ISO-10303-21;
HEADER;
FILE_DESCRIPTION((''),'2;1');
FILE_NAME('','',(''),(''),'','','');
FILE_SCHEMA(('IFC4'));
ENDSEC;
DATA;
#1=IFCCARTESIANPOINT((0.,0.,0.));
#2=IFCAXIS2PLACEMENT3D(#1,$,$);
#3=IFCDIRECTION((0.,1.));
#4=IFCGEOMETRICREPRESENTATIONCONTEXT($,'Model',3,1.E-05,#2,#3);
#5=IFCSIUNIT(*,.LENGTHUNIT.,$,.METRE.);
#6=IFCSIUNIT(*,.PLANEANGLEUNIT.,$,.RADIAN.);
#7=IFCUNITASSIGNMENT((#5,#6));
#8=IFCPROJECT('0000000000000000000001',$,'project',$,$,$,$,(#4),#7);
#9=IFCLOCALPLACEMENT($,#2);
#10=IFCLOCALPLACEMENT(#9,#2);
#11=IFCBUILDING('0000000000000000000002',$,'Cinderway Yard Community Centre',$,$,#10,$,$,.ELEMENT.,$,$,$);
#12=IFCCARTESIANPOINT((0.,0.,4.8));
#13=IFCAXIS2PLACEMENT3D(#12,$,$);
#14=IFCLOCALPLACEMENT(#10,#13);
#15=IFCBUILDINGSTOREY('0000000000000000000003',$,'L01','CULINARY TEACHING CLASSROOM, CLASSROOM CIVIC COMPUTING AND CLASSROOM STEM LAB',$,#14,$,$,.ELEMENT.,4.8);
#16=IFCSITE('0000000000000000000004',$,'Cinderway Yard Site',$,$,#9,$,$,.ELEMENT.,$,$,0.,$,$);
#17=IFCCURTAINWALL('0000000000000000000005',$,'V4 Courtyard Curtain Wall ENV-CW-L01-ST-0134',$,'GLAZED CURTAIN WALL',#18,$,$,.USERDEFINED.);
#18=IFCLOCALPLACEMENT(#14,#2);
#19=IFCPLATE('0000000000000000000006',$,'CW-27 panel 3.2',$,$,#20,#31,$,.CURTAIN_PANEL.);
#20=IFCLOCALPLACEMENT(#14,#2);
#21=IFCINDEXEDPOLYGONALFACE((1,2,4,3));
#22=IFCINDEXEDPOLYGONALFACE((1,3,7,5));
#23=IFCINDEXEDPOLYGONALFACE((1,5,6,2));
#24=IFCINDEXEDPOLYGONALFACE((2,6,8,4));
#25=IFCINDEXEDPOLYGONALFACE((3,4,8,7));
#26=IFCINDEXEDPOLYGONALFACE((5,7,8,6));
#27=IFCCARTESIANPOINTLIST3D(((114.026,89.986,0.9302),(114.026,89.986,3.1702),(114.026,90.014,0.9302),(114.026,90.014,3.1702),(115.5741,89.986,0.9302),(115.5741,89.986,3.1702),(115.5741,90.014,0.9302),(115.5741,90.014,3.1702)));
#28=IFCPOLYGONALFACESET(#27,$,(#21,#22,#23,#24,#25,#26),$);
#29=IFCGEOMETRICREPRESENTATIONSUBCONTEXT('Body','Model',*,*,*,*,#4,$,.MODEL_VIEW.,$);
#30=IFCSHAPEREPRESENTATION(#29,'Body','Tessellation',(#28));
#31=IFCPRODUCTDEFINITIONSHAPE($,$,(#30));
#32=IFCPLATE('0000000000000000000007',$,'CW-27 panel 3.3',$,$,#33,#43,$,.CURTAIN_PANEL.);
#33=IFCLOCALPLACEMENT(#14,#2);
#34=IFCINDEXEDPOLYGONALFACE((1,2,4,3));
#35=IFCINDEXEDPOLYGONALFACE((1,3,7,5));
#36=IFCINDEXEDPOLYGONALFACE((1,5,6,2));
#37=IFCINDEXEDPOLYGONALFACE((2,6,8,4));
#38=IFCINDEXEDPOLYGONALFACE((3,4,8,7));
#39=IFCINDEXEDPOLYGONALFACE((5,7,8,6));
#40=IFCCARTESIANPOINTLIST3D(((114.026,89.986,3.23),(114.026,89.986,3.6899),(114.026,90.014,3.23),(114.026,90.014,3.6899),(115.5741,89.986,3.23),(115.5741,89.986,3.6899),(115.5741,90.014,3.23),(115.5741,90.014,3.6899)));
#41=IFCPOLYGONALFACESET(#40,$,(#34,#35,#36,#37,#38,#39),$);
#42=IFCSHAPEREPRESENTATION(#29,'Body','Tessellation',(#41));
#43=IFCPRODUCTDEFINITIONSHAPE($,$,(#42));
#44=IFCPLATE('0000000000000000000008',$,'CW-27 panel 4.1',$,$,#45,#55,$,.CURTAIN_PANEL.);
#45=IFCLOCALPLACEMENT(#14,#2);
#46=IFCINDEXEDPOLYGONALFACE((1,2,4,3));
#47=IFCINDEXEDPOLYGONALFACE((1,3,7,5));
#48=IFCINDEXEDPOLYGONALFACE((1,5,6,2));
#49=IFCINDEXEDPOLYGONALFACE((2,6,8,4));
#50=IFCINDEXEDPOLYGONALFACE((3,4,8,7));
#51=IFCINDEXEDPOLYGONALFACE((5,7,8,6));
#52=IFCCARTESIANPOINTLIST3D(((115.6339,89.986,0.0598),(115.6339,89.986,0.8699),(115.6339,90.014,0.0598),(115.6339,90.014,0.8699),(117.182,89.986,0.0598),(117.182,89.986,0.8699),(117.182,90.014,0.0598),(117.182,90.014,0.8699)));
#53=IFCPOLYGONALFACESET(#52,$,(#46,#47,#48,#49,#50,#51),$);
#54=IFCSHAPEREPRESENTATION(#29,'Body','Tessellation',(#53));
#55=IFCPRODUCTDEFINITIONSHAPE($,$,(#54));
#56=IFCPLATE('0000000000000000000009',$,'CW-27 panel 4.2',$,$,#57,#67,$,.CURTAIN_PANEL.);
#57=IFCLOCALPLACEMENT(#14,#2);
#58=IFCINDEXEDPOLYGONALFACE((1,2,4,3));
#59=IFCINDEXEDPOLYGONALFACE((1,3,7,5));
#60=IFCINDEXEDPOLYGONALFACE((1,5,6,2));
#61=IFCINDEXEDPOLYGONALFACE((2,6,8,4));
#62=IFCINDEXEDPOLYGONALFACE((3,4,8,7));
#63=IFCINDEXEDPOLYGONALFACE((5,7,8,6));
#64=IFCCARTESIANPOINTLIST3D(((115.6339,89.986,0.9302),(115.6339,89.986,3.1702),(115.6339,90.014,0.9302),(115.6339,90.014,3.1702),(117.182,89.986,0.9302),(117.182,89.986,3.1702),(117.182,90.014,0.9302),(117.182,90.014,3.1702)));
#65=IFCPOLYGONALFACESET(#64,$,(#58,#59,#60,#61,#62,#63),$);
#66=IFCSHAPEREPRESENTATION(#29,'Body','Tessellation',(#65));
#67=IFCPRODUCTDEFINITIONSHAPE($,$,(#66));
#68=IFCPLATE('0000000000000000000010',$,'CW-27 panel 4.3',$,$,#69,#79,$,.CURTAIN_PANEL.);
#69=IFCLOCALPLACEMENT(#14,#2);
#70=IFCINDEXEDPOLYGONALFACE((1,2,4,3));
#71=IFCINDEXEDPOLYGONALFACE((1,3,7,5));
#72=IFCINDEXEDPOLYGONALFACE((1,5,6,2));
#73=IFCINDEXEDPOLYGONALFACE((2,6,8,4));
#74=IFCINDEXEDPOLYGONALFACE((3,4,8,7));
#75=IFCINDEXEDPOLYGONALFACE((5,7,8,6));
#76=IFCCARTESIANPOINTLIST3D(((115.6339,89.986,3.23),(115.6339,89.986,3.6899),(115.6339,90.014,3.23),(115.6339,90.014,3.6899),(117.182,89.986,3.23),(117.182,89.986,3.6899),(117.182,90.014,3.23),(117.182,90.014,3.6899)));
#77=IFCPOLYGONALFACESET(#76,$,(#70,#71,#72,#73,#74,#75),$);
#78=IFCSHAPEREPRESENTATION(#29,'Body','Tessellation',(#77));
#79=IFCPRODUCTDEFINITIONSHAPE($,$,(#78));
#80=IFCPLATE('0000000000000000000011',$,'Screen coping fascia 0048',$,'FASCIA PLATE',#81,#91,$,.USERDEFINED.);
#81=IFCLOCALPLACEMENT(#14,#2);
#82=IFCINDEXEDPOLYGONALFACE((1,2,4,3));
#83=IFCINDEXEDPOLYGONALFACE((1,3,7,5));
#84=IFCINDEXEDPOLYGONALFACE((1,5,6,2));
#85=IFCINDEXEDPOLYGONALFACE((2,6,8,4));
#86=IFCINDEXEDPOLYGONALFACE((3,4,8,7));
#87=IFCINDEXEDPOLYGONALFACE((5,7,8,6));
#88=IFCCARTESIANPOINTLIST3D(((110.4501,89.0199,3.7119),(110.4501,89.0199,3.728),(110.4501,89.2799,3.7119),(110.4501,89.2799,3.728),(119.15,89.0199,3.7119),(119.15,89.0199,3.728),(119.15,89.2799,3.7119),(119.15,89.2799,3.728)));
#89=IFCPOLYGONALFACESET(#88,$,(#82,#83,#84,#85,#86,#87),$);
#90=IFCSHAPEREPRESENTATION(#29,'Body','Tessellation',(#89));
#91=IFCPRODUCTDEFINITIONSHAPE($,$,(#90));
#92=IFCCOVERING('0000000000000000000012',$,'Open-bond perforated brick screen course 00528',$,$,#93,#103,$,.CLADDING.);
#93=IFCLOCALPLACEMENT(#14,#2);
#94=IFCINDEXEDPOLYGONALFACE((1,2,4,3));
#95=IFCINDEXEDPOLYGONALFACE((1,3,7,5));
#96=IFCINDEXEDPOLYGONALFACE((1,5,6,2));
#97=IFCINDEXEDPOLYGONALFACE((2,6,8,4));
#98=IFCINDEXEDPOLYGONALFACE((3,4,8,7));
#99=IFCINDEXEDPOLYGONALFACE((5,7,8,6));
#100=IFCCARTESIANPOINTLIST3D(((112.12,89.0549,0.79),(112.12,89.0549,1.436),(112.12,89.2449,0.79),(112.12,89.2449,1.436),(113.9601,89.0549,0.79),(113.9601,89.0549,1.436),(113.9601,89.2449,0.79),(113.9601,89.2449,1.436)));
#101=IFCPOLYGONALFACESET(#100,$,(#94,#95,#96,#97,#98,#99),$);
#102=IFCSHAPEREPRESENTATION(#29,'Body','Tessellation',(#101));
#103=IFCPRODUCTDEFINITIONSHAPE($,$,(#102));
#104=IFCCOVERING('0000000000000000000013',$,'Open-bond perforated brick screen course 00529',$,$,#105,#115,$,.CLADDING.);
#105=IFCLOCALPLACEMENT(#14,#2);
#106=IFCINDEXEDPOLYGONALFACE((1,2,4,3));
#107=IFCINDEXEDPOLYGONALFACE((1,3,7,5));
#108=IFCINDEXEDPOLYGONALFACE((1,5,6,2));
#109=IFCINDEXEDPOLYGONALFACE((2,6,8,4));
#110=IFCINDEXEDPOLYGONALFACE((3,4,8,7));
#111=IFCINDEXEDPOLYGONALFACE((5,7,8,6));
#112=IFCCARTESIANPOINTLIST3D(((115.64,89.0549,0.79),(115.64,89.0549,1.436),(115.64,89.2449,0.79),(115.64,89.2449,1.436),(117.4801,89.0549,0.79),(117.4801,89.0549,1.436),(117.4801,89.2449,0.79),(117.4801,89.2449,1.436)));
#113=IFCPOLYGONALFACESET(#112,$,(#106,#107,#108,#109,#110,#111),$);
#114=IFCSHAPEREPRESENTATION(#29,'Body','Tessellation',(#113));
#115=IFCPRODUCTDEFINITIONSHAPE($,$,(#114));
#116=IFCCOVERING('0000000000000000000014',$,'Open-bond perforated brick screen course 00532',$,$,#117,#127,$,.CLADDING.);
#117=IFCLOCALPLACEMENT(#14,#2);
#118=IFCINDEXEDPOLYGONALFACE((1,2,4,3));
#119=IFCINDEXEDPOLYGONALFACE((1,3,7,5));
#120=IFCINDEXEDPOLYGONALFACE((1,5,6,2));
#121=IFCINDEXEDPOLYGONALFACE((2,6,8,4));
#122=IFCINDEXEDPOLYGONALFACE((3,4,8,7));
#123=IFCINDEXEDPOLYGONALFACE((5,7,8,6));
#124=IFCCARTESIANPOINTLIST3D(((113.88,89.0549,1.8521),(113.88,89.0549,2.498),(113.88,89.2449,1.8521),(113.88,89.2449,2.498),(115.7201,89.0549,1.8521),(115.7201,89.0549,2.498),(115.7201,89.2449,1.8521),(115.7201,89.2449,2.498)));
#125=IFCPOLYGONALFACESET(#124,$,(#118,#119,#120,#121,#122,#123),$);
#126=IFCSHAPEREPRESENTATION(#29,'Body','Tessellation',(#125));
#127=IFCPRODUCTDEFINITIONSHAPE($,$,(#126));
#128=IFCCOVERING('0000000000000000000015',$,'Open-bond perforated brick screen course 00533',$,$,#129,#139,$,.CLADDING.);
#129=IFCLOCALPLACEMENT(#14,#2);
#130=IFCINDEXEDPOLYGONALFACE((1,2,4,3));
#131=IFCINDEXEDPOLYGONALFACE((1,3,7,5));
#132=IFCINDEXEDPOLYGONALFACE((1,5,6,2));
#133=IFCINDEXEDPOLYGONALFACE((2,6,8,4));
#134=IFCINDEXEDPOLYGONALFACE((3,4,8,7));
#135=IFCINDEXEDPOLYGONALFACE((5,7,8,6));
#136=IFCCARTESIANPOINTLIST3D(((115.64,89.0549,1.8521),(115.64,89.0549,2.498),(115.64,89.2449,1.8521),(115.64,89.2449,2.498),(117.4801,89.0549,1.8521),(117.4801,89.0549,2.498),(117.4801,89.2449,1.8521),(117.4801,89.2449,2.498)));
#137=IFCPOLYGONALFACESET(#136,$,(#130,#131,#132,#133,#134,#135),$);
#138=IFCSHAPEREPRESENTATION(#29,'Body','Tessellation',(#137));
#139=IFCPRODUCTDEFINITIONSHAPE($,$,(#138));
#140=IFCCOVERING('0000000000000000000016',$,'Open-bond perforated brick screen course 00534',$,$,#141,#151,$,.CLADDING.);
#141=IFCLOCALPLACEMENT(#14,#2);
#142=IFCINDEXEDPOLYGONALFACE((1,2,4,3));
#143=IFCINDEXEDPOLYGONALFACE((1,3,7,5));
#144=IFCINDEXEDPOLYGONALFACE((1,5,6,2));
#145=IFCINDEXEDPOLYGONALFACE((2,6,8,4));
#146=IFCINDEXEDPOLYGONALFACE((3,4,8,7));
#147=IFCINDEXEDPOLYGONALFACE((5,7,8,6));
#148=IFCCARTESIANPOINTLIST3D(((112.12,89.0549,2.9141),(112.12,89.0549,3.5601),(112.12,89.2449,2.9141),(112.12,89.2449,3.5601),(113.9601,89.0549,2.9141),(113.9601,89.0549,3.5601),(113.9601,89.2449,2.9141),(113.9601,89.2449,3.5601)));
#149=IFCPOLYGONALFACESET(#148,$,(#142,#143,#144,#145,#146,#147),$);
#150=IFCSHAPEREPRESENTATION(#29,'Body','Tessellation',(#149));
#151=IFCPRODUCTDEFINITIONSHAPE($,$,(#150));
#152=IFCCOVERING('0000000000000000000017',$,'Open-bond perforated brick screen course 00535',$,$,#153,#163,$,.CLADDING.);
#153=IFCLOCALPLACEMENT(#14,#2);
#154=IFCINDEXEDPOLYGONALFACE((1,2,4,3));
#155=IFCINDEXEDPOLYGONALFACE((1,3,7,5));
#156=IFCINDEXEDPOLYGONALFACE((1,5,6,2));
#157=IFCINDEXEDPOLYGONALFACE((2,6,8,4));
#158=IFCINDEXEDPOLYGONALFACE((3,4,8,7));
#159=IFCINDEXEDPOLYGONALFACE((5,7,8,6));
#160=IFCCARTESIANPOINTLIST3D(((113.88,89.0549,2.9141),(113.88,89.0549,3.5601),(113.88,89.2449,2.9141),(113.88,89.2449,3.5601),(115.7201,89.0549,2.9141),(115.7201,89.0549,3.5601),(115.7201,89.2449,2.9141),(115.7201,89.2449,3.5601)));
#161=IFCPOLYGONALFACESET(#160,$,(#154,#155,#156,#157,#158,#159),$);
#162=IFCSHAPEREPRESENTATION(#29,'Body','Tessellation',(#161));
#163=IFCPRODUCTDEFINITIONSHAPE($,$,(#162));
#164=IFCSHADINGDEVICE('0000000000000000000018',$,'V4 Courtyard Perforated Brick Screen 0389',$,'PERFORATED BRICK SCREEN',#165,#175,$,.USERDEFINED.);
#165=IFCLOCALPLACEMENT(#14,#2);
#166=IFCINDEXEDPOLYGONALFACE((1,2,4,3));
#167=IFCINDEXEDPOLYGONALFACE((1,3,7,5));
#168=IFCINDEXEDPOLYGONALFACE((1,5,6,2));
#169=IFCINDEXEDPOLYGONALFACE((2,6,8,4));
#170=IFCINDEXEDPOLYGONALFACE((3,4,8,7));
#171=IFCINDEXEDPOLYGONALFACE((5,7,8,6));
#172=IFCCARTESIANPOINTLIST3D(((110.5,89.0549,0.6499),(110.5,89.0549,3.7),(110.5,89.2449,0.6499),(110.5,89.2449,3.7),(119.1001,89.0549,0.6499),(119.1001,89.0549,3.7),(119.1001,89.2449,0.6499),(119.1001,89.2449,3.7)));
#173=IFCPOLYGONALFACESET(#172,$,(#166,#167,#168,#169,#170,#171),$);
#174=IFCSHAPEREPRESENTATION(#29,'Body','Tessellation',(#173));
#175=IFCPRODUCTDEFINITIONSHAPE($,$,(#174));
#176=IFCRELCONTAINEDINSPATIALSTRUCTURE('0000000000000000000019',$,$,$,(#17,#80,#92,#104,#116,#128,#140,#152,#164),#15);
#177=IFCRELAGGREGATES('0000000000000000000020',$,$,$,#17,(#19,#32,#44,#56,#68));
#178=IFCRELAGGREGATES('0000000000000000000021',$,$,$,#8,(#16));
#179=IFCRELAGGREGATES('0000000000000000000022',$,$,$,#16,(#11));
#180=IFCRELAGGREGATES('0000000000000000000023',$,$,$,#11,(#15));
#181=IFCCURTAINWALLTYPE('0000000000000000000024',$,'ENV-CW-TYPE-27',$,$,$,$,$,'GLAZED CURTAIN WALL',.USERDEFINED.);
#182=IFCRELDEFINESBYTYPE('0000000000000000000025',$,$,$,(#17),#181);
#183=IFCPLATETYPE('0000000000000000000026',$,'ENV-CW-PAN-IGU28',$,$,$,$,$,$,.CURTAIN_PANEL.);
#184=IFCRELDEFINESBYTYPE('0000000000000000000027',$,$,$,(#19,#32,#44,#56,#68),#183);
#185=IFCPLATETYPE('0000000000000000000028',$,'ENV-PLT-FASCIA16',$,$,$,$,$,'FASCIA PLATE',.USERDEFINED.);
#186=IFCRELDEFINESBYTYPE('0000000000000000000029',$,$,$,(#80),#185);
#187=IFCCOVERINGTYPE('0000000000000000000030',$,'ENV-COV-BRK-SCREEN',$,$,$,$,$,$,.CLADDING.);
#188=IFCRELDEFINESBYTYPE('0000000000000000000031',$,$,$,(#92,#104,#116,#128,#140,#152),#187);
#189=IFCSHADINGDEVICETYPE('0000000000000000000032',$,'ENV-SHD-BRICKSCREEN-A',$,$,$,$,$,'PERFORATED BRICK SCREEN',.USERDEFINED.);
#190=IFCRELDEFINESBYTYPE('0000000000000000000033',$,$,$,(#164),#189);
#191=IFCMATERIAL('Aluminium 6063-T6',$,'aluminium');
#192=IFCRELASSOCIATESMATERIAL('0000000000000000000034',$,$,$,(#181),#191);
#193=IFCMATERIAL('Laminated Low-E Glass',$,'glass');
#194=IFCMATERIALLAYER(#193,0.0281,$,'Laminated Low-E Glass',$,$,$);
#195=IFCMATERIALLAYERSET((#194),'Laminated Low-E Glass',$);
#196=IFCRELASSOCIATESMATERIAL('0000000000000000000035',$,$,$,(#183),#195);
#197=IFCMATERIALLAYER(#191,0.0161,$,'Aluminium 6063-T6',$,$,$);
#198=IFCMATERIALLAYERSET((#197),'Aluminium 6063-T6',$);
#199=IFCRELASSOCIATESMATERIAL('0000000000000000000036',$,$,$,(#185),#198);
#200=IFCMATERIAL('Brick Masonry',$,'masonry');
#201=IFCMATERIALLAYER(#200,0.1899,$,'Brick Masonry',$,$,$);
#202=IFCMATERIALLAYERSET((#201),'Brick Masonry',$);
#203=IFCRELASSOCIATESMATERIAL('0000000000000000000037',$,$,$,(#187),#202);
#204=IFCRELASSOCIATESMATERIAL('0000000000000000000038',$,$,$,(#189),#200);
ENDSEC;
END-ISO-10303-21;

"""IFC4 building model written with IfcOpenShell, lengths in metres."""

from ifc_helpers import new_model, si_unit, direction, frame, origin, origin_2d, place, context, subcontext, project, spatial, rectangle, extrude, material, layer, layer_set, type_object, element, aggregate, save


model = new_model("IFC4")

# Units and contexts
model_context = context("Model", 3, precision=1e-05, world=origin(), true_north=direction((0.0, 1.0)))
body_context = subcontext(model_context, "Body", "Model", "MODEL_VIEW")
ifc_project = project(units=[si_unit("LENGTHUNIT", "METRE"), si_unit("PLANEANGLEUNIT", "RADIAN")], contexts=[model_context])

# Site, building, storey
site_placement = place(None, origin())
site = spatial("IfcSite", under=ifc_project, at=site_placement, Name="Cinderway Yard Site", CompositionType="ELEMENT", RefElevation=0.0)
building_placement = place(site_placement, origin())
building = spatial("IfcBuilding", under=site, at=building_placement, Name="Cinderway Yard Community Centre", CompositionType="ELEMENT")
storey_placement = place(building_placement, frame((0.0, 0.0, 4.8)))
storey = spatial("IfcBuildingStorey", under=building, at=storey_placement, Name="L01", Description="CULINARY TEACHING CLASSROOM, CLASSROOM CIVIC COMPUTING AND CLASSROOM STEM LAB", CompositionType="ELEMENT", Elevation=4.8)

# Curtain wall
ifc_material_1 = material(Name="Aluminium 6063-T6", Category="aluminium")
curtain_wall_type = type_object("IfcCurtainWallType", Name="ENV-CW-TYPE-27", ElementType="GLAZED CURTAIN WALL", PredefinedType="USERDEFINED", material=ifc_material_1)
curtain_wall_placement = place(storey_placement, origin())
curtain_wall = element("IfcCurtainWall", 1, at=curtain_wall_placement, inside=storey, type_object=curtain_wall_type, Name="V4 Courtyard Curtain Wall ENV-CW-L01-ST-0134", ObjectType="GLAZED CURTAIN WALL", PredefinedType="USERDEFINED")

# Plates
ifc_material_2 = material(Name="Laminated Low-E Glass", Category="glass")
ifc_layer_1 = layer(ifc_material_2, 0.0281, Name="Laminated Low-E Glass")
ifc_layer_set_1 = layer_set([ifc_layer_1], Name="Laminated Low-E Glass")
plate_type_1 = type_object("IfcPlateType", Name="ENV-CW-PAN-IGU28", PredefinedType="CURTAIN_PANEL", material=ifc_layer_set_1)
plate_1_placement = place(storey_placement, frame((114.8, 90.0, 0.9302), z_axis=(0.0, 0.0, 1.0), x_axis=(1.0, 0.0, 0.0)))
plate_1 = element("IfcPlate", 2, at=plate_1_placement, type_object=plate_type_1, Name="CW-27 panel 3.2", PredefinedType="CURTAIN_PANEL", context=body_context, shape_type="SweptSolid", body=[
    extrude(rectangle(XDim=1.5481, YDim=0.0281, at=origin_2d()), origin(), (0.0, 0.0, 1.0), 2.24),
])
plate_2_placement = place(storey_placement, frame((114.8, 90.0, 3.23), z_axis=(0.0, 0.0, 1.0), x_axis=(1.0, 0.0, 0.0)))
plate_2 = element("IfcPlate", 3, at=plate_2_placement, type_object=plate_type_1, Name="CW-27 panel 3.3", PredefinedType="CURTAIN_PANEL", context=body_context, shape_type="SweptSolid", body=[
    extrude(rectangle(XDim=1.5481, YDim=0.0281, at=origin_2d()), origin(), (0.0, 0.0, 1.0), 0.46),
])
plate_3_placement = place(storey_placement, frame((116.408, 90.0, 0.0598), z_axis=(0.0, 0.0, 1.0), x_axis=(1.0, 0.0, 0.0)))
plate_3 = element("IfcPlate", 4, at=plate_3_placement, type_object=plate_type_1, Name="CW-27 panel 4.1", PredefinedType="CURTAIN_PANEL", context=body_context, shape_type="SweptSolid", body=[
    extrude(rectangle(XDim=1.5481, YDim=0.0281, at=origin_2d()), origin(), (0.0, 0.0, 1.0), 0.8101),
])
plate_4_placement = place(storey_placement, frame((116.408, 90.0, 0.9302), z_axis=(0.0, 0.0, 1.0), x_axis=(1.0, 0.0, 0.0)))
plate_4 = element("IfcPlate", 5, at=plate_4_placement, type_object=plate_type_1, Name="CW-27 panel 4.2", PredefinedType="CURTAIN_PANEL", context=body_context, shape_type="SweptSolid", body=[
    extrude(rectangle(XDim=1.5481, YDim=0.0281, at=origin_2d()), origin(), (0.0, 0.0, 1.0), 2.24),
])
plate_5_placement = place(storey_placement, frame((116.408, 90.0, 3.23), z_axis=(0.0, 0.0, 1.0), x_axis=(1.0, 0.0, 0.0)))
plate_5 = element("IfcPlate", 6, at=plate_5_placement, type_object=plate_type_1, Name="CW-27 panel 4.3", PredefinedType="CURTAIN_PANEL", context=body_context, shape_type="SweptSolid", body=[
    extrude(rectangle(XDim=1.5481, YDim=0.0281, at=origin_2d()), origin(), (0.0, 0.0, 1.0), 0.46),
])
aggregate(curtain_wall, [plate_1, plate_2, plate_3, plate_4, plate_5])
ifc_layer_2 = layer(ifc_material_1, 0.0161, Name="Aluminium 6063-T6")
ifc_layer_set_2 = layer_set([ifc_layer_2], Name="Aluminium 6063-T6")
plate_type_2 = type_object("IfcPlateType", Name="ENV-PLT-FASCIA16", ElementType="FASCIA PLATE", PredefinedType="USERDEFINED", material=ifc_layer_set_2)
plate_6_placement = place(storey_placement, frame((114.8, 89.1499, 3.7119), z_axis=(0.0, 0.0, 1.0), x_axis=(-1.0, 0.0, 0.0)))
element("IfcPlate", 7, at=plate_6_placement, inside=storey, type_object=plate_type_2, Name="Screen coping fascia 0048", ObjectType="FASCIA PLATE", PredefinedType="USERDEFINED", context=body_context, shape_type="SweptSolid", body=[
    extrude(rectangle(XDim=8.7, YDim=0.26, at=origin_2d()), origin(), (0.0, 0.0, 1.0), 0.0161),
])

# Coverings
ifc_material_3 = material(Name="Brick Masonry", Category="masonry")
ifc_layer_3 = layer(ifc_material_3, 0.1899, Name="Brick Masonry")
ifc_layer_set_3 = layer_set([ifc_layer_3], Name="Brick Masonry")
covering_type = type_object("IfcCoveringType", Name="ENV-COV-BRK-SCREEN", PredefinedType="CLADDING", material=ifc_layer_set_3)
for number, where, z_axis, x_axis, name in (
    (8, (113.04, 89.1499, 0.79), (0.0, 0.0, 1.0), (-1.0, 0.0, 0.0), "Open-bond perforated brick screen course 00528"),
    (9, (116.5601, 89.1499, 0.79), (0.0, 0.0, 1.0), (-1.0, 0.0, 0.0), "Open-bond perforated brick screen course 00529"),
    (10, (114.8, 89.1499, 1.8521), (0.0, 0.0, 1.0), (-1.0, 0.0, 0.0), "Open-bond perforated brick screen course 00532"),
    (11, (116.5601, 89.1499, 1.8521), (0.0, 0.0, 1.0), (-1.0, 0.0, 0.0), "Open-bond perforated brick screen course 00533"),
    (12, (113.04, 89.1499, 2.9141), (0.0, 0.0, 1.0), (-1.0, 0.0, 0.0), "Open-bond perforated brick screen course 00534"),
    (13, (114.8, 89.1499, 2.9141), (0.0, 0.0, 1.0), (-1.0, 0.0, 0.0), "Open-bond perforated brick screen course 00535"),
):
    element("IfcCovering", number, at=place(storey_placement, frame(where, z_axis=z_axis, x_axis=x_axis)), inside=storey, type_object=covering_type, Name=name, PredefinedType="CLADDING", context=body_context, shape_type="SweptSolid", body=[
        extrude(rectangle(XDim=1.8401, YDim=0.1899, at=origin_2d()), origin(), (0.0, 0.0, 1.0), 0.646),
    ])

# Shading device
shading_device_type = type_object("IfcShadingDeviceType", Name="ENV-SHD-BRICKSCREEN-A", ElementType="PERFORATED BRICK SCREEN", PredefinedType="USERDEFINED", material=ifc_material_3)
shading_device_placement = place(storey_placement, frame((114.8, 89.1499, 0.6499), z_axis=(0.0, 0.0, 1.0), x_axis=(-1.0, 0.0, 0.0)))
element("IfcShadingDevice", 14, at=shading_device_placement, inside=storey, type_object=shading_device_type, Name="V4 Courtyard Perforated Brick Screen 0389", ObjectType="PERFORATED BRICK SCREEN", PredefinedType="USERDEFINED", context=body_context, shape_type="SweptSolid", body=[
    extrude(rectangle(XDim=8.6001, YDim=0.1899, at=origin_2d()), origin(), (0.0, 0.0, 1.0), 3.05),
])

save(model, "model.ifc")
